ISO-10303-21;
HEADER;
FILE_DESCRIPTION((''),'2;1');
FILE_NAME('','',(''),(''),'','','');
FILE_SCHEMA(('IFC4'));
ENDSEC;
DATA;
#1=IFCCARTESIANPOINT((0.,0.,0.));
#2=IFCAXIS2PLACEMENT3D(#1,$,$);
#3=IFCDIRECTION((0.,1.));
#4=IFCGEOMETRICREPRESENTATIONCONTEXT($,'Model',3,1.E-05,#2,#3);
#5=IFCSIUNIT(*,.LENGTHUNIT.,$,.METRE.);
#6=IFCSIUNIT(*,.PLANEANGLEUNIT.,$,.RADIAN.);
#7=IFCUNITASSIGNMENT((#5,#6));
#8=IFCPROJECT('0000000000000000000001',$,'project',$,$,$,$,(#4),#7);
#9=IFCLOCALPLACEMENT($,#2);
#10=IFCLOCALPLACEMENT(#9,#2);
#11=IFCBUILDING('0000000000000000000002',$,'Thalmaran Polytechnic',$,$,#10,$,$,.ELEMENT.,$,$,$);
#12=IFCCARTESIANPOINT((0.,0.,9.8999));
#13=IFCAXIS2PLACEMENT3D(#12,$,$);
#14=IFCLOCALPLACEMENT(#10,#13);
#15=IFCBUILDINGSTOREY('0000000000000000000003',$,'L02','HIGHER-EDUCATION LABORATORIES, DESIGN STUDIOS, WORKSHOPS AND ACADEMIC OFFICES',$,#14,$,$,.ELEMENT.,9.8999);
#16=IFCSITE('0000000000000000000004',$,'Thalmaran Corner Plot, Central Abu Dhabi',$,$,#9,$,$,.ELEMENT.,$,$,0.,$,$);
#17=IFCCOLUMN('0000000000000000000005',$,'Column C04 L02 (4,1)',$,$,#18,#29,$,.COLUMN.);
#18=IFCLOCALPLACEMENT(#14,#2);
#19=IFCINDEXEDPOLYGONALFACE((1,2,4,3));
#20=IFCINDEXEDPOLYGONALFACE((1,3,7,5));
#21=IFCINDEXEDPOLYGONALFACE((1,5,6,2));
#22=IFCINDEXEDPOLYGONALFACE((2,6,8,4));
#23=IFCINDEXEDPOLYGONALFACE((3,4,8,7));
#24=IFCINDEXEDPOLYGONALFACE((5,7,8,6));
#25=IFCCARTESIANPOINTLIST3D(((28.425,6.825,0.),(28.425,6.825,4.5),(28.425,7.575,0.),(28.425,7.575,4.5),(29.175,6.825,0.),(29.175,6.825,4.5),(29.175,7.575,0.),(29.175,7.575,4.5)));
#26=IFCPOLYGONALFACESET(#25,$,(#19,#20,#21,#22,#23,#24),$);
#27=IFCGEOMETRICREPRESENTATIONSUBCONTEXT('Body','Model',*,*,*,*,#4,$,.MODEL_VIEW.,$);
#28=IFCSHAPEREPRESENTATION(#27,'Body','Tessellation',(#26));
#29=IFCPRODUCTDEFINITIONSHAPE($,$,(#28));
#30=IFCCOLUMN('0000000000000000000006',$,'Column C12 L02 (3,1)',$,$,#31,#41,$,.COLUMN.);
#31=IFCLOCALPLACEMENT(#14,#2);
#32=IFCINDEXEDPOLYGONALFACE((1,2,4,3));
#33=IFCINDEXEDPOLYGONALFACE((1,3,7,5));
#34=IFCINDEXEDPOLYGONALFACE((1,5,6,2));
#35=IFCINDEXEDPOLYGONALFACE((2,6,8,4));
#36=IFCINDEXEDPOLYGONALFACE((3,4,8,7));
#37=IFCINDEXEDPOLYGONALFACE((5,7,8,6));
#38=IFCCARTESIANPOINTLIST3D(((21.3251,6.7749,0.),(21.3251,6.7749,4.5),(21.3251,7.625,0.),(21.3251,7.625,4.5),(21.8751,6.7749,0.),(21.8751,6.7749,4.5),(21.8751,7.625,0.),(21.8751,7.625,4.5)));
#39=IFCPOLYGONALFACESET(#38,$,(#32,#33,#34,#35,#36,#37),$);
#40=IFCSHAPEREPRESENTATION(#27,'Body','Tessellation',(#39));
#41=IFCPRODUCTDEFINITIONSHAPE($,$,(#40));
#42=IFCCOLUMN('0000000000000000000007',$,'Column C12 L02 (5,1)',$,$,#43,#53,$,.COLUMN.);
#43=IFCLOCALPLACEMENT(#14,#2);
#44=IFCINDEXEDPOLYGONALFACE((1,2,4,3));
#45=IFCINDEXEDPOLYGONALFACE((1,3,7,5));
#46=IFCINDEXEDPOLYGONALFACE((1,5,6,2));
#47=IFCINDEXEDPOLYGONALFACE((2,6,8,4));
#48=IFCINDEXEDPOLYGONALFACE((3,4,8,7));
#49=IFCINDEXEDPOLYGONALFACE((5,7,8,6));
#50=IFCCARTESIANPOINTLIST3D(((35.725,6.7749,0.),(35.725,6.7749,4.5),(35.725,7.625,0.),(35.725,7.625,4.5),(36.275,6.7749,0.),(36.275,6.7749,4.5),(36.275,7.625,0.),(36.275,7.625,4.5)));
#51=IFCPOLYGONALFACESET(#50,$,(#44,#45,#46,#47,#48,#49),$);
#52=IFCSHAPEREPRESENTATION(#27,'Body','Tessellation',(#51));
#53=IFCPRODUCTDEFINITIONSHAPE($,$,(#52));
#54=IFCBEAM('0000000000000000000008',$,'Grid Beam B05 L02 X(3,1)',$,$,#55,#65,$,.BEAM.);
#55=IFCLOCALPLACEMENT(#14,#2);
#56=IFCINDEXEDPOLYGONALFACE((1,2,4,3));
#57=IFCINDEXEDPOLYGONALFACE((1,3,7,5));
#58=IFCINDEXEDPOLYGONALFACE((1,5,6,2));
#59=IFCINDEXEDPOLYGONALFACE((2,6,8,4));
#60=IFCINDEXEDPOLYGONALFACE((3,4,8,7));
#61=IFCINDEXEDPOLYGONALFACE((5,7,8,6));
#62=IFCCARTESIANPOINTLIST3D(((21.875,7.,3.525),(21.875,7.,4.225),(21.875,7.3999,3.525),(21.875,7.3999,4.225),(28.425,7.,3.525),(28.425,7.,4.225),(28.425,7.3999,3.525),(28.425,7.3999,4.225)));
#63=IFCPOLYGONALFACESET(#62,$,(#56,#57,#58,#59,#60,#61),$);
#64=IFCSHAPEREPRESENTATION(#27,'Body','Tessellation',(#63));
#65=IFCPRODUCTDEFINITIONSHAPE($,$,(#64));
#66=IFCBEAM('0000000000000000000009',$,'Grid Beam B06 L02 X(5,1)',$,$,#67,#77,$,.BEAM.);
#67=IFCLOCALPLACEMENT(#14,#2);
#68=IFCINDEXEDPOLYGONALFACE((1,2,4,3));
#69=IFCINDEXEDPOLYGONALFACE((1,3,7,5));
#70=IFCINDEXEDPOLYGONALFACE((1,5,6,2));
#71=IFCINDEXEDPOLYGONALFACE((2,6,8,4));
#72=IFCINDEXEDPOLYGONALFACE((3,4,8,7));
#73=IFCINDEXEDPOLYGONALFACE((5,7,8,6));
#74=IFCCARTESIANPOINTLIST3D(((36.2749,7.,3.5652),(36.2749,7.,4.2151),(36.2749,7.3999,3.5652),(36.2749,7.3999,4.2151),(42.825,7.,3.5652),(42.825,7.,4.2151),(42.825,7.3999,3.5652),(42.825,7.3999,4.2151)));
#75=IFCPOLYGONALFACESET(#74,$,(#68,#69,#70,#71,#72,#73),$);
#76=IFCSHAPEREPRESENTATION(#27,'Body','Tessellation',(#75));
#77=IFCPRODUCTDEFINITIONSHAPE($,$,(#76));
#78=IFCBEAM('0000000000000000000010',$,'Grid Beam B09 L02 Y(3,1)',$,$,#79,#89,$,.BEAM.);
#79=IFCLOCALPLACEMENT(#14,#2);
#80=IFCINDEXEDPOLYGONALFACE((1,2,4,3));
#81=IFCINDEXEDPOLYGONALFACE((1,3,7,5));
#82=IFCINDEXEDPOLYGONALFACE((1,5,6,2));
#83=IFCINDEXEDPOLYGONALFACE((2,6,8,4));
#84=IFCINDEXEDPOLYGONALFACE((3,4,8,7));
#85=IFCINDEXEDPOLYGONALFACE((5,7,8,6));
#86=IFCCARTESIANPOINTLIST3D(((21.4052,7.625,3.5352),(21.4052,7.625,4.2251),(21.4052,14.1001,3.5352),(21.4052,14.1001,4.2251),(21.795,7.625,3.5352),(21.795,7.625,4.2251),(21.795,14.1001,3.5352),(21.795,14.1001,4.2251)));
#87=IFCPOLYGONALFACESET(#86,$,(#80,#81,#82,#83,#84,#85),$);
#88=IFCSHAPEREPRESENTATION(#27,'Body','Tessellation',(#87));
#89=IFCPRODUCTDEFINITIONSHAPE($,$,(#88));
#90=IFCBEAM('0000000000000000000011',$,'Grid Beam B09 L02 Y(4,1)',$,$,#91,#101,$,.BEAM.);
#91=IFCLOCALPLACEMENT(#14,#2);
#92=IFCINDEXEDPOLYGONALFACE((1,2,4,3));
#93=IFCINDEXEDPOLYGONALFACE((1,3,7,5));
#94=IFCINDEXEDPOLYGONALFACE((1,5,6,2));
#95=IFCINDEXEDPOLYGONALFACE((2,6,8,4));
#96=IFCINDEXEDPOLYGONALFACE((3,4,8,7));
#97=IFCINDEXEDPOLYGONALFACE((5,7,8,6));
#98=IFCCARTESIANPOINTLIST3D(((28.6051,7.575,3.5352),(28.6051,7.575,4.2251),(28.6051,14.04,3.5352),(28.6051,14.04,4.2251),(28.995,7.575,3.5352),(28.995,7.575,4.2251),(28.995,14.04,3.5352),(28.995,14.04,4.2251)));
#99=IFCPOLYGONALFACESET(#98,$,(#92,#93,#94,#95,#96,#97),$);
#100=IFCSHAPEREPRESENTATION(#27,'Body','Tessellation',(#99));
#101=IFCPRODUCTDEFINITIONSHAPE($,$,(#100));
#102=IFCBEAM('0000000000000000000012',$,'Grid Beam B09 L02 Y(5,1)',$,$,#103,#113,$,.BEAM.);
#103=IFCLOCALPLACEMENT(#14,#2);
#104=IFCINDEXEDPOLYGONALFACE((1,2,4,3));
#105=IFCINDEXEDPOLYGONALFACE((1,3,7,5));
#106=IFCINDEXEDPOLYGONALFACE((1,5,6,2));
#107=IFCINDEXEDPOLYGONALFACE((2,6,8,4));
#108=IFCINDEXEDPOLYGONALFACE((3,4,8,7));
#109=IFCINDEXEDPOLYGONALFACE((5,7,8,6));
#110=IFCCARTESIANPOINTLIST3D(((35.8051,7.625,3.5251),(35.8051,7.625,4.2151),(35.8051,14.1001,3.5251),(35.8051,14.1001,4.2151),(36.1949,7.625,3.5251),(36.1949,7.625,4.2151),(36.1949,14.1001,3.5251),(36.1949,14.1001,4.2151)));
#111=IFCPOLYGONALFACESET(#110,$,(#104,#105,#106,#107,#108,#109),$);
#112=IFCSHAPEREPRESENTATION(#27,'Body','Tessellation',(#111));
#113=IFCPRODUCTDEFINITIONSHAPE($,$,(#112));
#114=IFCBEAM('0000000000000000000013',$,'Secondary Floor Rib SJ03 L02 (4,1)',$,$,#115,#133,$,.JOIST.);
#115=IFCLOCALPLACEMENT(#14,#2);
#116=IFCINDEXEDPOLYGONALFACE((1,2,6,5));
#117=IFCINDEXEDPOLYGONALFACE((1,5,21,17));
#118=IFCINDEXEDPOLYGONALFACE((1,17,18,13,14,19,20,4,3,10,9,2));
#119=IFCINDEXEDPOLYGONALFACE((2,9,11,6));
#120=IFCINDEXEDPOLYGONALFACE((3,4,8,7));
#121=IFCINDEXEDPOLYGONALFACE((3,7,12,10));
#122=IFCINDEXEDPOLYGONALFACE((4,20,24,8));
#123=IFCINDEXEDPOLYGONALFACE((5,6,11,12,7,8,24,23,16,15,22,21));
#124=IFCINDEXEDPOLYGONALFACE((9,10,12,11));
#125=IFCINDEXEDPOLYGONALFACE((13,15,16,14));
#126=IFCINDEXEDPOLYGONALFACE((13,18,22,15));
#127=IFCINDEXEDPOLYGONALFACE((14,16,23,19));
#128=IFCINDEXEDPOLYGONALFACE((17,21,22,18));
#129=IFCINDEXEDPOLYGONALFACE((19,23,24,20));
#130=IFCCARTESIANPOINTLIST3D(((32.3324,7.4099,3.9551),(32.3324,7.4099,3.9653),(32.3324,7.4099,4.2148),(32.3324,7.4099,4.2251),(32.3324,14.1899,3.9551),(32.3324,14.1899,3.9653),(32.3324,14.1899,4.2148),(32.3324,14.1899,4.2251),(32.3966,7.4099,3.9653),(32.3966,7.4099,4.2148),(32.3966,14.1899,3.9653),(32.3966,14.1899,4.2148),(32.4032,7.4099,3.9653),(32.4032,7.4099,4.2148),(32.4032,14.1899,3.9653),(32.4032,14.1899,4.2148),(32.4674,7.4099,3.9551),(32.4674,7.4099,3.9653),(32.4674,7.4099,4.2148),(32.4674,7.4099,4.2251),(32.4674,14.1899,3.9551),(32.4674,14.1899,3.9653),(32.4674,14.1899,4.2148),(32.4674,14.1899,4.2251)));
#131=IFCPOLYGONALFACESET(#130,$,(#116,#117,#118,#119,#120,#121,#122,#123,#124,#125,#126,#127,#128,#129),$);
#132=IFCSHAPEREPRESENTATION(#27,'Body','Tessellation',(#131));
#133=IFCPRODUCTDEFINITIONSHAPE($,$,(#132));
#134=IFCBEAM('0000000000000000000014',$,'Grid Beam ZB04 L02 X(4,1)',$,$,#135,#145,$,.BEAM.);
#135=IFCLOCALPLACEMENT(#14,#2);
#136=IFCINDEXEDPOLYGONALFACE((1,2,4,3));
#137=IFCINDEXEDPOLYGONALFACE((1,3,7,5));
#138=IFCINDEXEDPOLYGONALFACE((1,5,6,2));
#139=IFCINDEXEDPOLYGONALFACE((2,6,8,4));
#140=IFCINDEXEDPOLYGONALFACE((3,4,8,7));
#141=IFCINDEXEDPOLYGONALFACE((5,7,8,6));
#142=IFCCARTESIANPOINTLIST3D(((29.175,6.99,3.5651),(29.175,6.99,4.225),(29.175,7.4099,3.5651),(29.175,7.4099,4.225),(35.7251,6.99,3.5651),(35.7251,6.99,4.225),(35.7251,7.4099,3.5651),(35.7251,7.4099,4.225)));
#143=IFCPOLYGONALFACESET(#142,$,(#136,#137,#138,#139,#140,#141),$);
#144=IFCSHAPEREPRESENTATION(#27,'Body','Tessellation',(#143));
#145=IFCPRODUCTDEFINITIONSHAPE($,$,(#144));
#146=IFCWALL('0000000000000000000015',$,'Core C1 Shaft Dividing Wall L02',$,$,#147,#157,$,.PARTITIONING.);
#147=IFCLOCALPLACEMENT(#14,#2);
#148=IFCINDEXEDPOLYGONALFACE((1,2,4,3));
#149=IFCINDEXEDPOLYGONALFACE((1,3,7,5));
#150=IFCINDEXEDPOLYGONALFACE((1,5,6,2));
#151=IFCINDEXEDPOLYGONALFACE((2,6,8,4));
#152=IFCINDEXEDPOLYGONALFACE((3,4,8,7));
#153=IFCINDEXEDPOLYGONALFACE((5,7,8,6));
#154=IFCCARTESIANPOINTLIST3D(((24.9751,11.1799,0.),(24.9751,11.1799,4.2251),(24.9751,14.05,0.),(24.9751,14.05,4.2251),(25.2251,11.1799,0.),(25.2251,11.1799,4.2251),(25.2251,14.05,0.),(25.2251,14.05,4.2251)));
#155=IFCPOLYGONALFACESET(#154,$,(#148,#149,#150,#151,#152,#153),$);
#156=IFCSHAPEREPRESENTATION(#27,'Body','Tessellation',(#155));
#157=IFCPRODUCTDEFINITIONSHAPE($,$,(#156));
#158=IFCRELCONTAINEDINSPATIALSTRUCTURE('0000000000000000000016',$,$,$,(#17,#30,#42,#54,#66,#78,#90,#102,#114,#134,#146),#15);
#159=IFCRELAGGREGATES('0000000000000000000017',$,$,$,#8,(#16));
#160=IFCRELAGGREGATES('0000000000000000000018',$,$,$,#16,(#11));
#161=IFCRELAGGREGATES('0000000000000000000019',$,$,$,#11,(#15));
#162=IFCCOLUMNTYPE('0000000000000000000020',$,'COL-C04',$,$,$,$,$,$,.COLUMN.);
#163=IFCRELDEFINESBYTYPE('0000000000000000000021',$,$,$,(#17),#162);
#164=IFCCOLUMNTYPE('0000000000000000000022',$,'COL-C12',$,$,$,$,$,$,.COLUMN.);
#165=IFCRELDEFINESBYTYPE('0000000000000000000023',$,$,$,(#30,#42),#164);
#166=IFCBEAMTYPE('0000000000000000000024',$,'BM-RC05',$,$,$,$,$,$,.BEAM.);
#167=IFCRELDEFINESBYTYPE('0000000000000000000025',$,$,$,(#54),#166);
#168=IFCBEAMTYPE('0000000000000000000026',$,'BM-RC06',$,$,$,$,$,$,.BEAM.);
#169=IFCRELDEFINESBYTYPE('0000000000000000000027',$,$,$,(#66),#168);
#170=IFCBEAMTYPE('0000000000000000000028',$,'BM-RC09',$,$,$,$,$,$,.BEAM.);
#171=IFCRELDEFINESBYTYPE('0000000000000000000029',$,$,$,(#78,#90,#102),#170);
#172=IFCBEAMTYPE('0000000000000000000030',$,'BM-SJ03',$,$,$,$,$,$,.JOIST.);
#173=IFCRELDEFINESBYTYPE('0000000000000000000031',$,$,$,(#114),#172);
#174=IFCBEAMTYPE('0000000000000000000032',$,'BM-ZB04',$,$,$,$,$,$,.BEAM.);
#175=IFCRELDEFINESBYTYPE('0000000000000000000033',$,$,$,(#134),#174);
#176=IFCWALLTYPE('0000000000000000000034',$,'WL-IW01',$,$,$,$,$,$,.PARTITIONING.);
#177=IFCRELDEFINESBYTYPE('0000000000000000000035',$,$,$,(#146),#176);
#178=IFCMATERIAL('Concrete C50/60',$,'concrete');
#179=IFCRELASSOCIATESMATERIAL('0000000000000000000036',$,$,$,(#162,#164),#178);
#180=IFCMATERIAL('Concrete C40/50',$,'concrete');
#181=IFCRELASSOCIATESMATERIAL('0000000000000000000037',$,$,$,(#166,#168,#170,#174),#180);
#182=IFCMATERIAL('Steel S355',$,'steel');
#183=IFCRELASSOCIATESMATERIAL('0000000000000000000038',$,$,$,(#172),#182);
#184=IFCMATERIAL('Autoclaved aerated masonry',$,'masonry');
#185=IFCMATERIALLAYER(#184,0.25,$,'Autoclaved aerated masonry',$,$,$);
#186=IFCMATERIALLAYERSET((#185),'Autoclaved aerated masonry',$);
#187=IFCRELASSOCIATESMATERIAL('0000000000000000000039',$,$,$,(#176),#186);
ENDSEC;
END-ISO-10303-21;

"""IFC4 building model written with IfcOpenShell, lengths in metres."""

from ifc_helpers import new_model, si_unit, direction, frame, frame_2d, origin, origin_2d, place, context, subcontext, project, spatial, rectangle, i_section, extrude, material, layer, layer_set, material_profile, profile_set, type_object, element, save


model = new_model("IFC4")

# Units and contexts
model_context = context("Model", 3, precision=1e-05, world=origin(), true_north=direction((0.0, 1.0)))
body_context = subcontext(model_context, "Body", "Model", "MODEL_VIEW")
ifc_project = project(units=[si_unit("LENGTHUNIT", "METRE"), si_unit("PLANEANGLEUNIT", "RADIAN")], contexts=[model_context])

# Site, building, storey
site_placement = place(None, origin())
site = spatial("IfcSite", under=ifc_project, at=site_placement, Name="Thalmaran Corner Plot, Central Abu Dhabi", CompositionType="ELEMENT", RefElevation=0.0)
building_placement = place(site_placement, origin())
building = spatial("IfcBuilding", under=site, at=building_placement, Name="Thalmaran Polytechnic", CompositionType="ELEMENT")
storey_placement = place(building_placement, frame((0.0, 0.0, 9.8999)))
storey = spatial("IfcBuildingStorey", under=building, at=storey_placement, Name="L02", Description="HIGHER-EDUCATION LABORATORIES, DESIGN STUDIOS, WORKSHOPS AND ACADEMIC OFFICES", CompositionType="ELEMENT", Elevation=9.8999)

# Columns
ifc_material_1 = material(Name="Concrete C50/60", Category="concrete")
ifc_material_profile_1 = material_profile(ifc_material_1, rectangle(XDim=0.75, YDim=0.75, at=origin_2d()), Name="RC 750x750")
ifc_profile_set_1 = profile_set([ifc_material_profile_1], Name="Concrete C50/60")
column_type_1 = type_object("IfcColumnType", Name="COL-C04", PredefinedType="COLUMN", material=ifc_profile_set_1)
column_placement = place(storey_placement, frame((28.8, 7.2, 0.0), z_axis=(0.0, 0.0, 1.0), x_axis=(1.0, 0.0, 0.0)))
element("IfcColumn", 1, at=column_placement, inside=storey, type_object=column_type_1, Name="Column C04 L02 (4,1)", PredefinedType="COLUMN", context=body_context, shape_type="SweptSolid", body=[
    extrude(rectangle(XDim=0.75, YDim=0.75, at=origin_2d()), origin(), (0.0, 0.0, 1.0), 4.5),
])
ifc_material_profile_2 = material_profile(ifc_material_1, rectangle(XDim=0.55, YDim=0.8501, at=origin_2d()), Name="RC 550x850")
ifc_profile_set_2 = profile_set([ifc_material_profile_2], Name="Concrete C50/60")
column_type_2 = type_object("IfcColumnType", Name="COL-C12", PredefinedType="COLUMN", material=ifc_profile_set_2)
for number, where, z_axis, x_axis, name in (
    (2, (21.6001, 7.2, 0.0), (0.0, 0.0, 1.0), (1.0, 0.0, 0.0), "Column C12 L02 (3,1)"),
    (3, (36.0, 7.2, 0.0), (0.0, 0.0, 1.0), (1.0, 0.0, 0.0), "Column C12 L02 (5,1)"),
):
    element("IfcColumn", number, at=place(storey_placement, frame(where, z_axis=z_axis, x_axis=x_axis)), inside=storey, type_object=column_type_2, Name=name, PredefinedType="COLUMN", context=body_context, shape_type="SweptSolid", body=[
        extrude(rectangle(XDim=0.55, YDim=0.8501, at=origin_2d()), origin(), (0.0, 0.0, 1.0), 4.5),
    ])

# Beams
ifc_material_2 = material(Name="Concrete C40/50", Category="concrete")
ifc_material_profile_3 = material_profile(ifc_material_2, rectangle(XDim=0.3999, YDim=0.7, at=origin_2d()), Name="RC 400x700")
ifc_profile_set_3 = profile_set([ifc_material_profile_3], Name="Concrete C40/50")
beam_type_1 = type_object("IfcBeamType", Name="BM-RC05", PredefinedType="BEAM", material=ifc_profile_set_3)
beam_1_placement = place(storey_placement, frame((21.875, 7.2, 3.875), z_axis=(1.0, 0.0, 0.0), x_axis=(0.0, 1.0, 0.0)))
element("IfcBeam", 4, at=beam_1_placement, inside=storey, type_object=beam_type_1, Name="Grid Beam B05 L02 X(3,1)", PredefinedType="BEAM", context=body_context, shape_type="SweptSolid", body=[
    extrude(rectangle(XDim=0.3999, YDim=0.7, at=origin_2d()), origin(), (0.0, 0.0, 1.0), 6.55),
])
ifc_material_profile_4 = material_profile(ifc_material_2, rectangle(XDim=0.3999, YDim=0.6499, at=origin_2d()), Name="RC 400x650")
ifc_profile_set_4 = profile_set([ifc_material_profile_4], Name="Concrete C40/50")
beam_type_2 = type_object("IfcBeamType", Name="BM-RC06", PredefinedType="BEAM", material=ifc_profile_set_4)
beam_2_placement = place(storey_placement, frame((36.2749, 7.2, 3.8901), z_axis=(1.0, 0.0, 0.0), x_axis=(0.0, 1.0, 0.0)))
element("IfcBeam", 5, at=beam_2_placement, inside=storey, type_object=beam_type_2, Name="Grid Beam B06 L02 X(5,1)", PredefinedType="BEAM", context=body_context, shape_type="SweptSolid", body=[
    extrude(rectangle(XDim=0.3999, YDim=0.6499, at=origin_2d()), origin(), (0.0, 0.0, 1.0), 6.55),
])
ifc_material_profile_5 = material_profile(ifc_material_2, rectangle(XDim=0.3899, YDim=0.6899, at=origin_2d()), Name="RC 390x690")
ifc_profile_set_5 = profile_set([ifc_material_profile_5], Name="Concrete C40/50")
beam_type_3 = type_object("IfcBeamType", Name="BM-RC09", PredefinedType="BEAM", material=ifc_profile_set_5)
beam_3_placement = place(storey_placement, frame((21.6001, 7.625, 3.8801), z_axis=(0.0, 1.0, 0.0), x_axis=(-1.0, 0.0, 0.0)))
element("IfcBeam", 6, at=beam_3_placement, inside=storey, type_object=beam_type_3, Name="Grid Beam B09 L02 Y(3,1)", PredefinedType="BEAM", context=body_context, shape_type="SweptSolid", body=[
    extrude(rectangle(XDim=0.3899, YDim=0.6899, at=origin_2d()), origin(), (0.0, 0.0, 1.0), 6.4751),
])
beam_4_placement = place(storey_placement, frame((28.8, 7.575, 3.8801), z_axis=(0.0, 1.0, 0.0), x_axis=(-1.0, 0.0, 0.0)))
element("IfcBeam", 7, at=beam_4_placement, inside=storey, type_object=beam_type_3, Name="Grid Beam B09 L02 Y(4,1)", PredefinedType="BEAM", context=body_context, shape_type="SweptSolid", body=[
    extrude(rectangle(XDim=0.3899, YDim=0.6899, at=origin_2d()), origin(), (0.0, 0.0, 1.0), 6.4651),
])
beam_5_placement = place(storey_placement, frame((36.0, 7.625, 3.8701), z_axis=(0.0, 1.0, 0.0), x_axis=(-1.0, 0.0, 0.0)))
element("IfcBeam", 8, at=beam_5_placement, inside=storey, type_object=beam_type_3, Name="Grid Beam B09 L02 Y(5,1)", PredefinedType="BEAM", context=body_context, shape_type="SweptSolid", body=[
    extrude(rectangle(XDim=0.3899, YDim=0.6899, at=origin_2d()), origin(), (0.0, 0.0, 1.0), 6.4751),
])
ifc_material_3 = material(Name="Steel S355", Category="steel")
ifc_material_profile_6 = material_profile(ifc_material_3, i_section(OverallWidth=0.135, OverallDepth=0.27, WebThickness=0.0066, FlangeThickness=0.0103, at=origin_2d()), Name="IPE 270")
ifc_profile_set_6 = profile_set([ifc_material_profile_6], Name="Steel S355")
beam_type_4 = type_object("IfcBeamType", Name="BM-SJ03", PredefinedType="JOIST", material=ifc_profile_set_6)
beam_6_placement = place(storey_placement, frame((32.3999, 7.4099, 4.0901), z_axis=(0.0, 1.0, 0.0), x_axis=(-1.0, 0.0, 0.0)))
element("IfcBeam", 9, at=beam_6_placement, inside=storey, type_object=beam_type_4, Name="Secondary Floor Rib SJ03 L02 (4,1)", PredefinedType="JOIST", context=body_context, shape_type="SweptSolid", body=[
    extrude(i_section(OverallWidth=0.135, OverallDepth=0.27, WebThickness=0.0066, FlangeThickness=0.0103, at=origin_2d()), origin(), (0.0, 0.0, 1.0), 6.78),
])
ifc_material_profile_7 = material_profile(ifc_material_2, rectangle(XDim=0.4199, YDim=0.6599, at=origin_2d()), Name="RC 420x660")
ifc_profile_set_7 = profile_set([ifc_material_profile_7], Name="Concrete C40/50")
beam_type_5 = type_object("IfcBeamType", Name="BM-ZB04", PredefinedType="BEAM", material=ifc_profile_set_7)
beam_7_placement = place(storey_placement, frame((29.175, 7.2, 3.895), z_axis=(1.0, 0.0, 0.0), x_axis=(0.0, 1.0, 0.0)))
element("IfcBeam", 10, at=beam_7_placement, inside=storey, type_object=beam_type_5, Name="Grid Beam ZB04 L02 X(4,1)", PredefinedType="BEAM", context=body_context, shape_type="SweptSolid", body=[
    extrude(rectangle(XDim=0.4199, YDim=0.6599, at=origin_2d()), origin(), (0.0, 0.0, 1.0), 6.55),
])

# Wall
ifc_material_4 = material(Name="Autoclaved aerated masonry", Category="masonry")
ifc_layer_1 = layer(ifc_material_4, 0.25, Name="Autoclaved aerated masonry")
ifc_layer_set_1 = layer_set([ifc_layer_1], Name="Autoclaved aerated masonry")
wall_type_1 = type_object("IfcWallType", Name="WL-IW01", PredefinedType="PARTITIONING", material=ifc_layer_set_1)
wall_1_placement = place(storey_placement, frame((25.1001, 11.1799, 0.0), z_axis=(0.0, 0.0, 1.0), x_axis=(0.0, 1.0, 0.0)))
element("IfcWall", 11, at=wall_1_placement, inside=storey, type_object=wall_type_1, Name="Core C1 Shaft Dividing Wall L02", PredefinedType="PARTITIONING", context=body_context, shape_type="SweptSolid", body=[
    extrude(rectangle(XDim=2.8701, YDim=0.25, at=frame_2d((1.4351, 0.0))), origin(), (0.0, 0.0, 1.0), 4.2251),
])

save(model, "model.ifc")
